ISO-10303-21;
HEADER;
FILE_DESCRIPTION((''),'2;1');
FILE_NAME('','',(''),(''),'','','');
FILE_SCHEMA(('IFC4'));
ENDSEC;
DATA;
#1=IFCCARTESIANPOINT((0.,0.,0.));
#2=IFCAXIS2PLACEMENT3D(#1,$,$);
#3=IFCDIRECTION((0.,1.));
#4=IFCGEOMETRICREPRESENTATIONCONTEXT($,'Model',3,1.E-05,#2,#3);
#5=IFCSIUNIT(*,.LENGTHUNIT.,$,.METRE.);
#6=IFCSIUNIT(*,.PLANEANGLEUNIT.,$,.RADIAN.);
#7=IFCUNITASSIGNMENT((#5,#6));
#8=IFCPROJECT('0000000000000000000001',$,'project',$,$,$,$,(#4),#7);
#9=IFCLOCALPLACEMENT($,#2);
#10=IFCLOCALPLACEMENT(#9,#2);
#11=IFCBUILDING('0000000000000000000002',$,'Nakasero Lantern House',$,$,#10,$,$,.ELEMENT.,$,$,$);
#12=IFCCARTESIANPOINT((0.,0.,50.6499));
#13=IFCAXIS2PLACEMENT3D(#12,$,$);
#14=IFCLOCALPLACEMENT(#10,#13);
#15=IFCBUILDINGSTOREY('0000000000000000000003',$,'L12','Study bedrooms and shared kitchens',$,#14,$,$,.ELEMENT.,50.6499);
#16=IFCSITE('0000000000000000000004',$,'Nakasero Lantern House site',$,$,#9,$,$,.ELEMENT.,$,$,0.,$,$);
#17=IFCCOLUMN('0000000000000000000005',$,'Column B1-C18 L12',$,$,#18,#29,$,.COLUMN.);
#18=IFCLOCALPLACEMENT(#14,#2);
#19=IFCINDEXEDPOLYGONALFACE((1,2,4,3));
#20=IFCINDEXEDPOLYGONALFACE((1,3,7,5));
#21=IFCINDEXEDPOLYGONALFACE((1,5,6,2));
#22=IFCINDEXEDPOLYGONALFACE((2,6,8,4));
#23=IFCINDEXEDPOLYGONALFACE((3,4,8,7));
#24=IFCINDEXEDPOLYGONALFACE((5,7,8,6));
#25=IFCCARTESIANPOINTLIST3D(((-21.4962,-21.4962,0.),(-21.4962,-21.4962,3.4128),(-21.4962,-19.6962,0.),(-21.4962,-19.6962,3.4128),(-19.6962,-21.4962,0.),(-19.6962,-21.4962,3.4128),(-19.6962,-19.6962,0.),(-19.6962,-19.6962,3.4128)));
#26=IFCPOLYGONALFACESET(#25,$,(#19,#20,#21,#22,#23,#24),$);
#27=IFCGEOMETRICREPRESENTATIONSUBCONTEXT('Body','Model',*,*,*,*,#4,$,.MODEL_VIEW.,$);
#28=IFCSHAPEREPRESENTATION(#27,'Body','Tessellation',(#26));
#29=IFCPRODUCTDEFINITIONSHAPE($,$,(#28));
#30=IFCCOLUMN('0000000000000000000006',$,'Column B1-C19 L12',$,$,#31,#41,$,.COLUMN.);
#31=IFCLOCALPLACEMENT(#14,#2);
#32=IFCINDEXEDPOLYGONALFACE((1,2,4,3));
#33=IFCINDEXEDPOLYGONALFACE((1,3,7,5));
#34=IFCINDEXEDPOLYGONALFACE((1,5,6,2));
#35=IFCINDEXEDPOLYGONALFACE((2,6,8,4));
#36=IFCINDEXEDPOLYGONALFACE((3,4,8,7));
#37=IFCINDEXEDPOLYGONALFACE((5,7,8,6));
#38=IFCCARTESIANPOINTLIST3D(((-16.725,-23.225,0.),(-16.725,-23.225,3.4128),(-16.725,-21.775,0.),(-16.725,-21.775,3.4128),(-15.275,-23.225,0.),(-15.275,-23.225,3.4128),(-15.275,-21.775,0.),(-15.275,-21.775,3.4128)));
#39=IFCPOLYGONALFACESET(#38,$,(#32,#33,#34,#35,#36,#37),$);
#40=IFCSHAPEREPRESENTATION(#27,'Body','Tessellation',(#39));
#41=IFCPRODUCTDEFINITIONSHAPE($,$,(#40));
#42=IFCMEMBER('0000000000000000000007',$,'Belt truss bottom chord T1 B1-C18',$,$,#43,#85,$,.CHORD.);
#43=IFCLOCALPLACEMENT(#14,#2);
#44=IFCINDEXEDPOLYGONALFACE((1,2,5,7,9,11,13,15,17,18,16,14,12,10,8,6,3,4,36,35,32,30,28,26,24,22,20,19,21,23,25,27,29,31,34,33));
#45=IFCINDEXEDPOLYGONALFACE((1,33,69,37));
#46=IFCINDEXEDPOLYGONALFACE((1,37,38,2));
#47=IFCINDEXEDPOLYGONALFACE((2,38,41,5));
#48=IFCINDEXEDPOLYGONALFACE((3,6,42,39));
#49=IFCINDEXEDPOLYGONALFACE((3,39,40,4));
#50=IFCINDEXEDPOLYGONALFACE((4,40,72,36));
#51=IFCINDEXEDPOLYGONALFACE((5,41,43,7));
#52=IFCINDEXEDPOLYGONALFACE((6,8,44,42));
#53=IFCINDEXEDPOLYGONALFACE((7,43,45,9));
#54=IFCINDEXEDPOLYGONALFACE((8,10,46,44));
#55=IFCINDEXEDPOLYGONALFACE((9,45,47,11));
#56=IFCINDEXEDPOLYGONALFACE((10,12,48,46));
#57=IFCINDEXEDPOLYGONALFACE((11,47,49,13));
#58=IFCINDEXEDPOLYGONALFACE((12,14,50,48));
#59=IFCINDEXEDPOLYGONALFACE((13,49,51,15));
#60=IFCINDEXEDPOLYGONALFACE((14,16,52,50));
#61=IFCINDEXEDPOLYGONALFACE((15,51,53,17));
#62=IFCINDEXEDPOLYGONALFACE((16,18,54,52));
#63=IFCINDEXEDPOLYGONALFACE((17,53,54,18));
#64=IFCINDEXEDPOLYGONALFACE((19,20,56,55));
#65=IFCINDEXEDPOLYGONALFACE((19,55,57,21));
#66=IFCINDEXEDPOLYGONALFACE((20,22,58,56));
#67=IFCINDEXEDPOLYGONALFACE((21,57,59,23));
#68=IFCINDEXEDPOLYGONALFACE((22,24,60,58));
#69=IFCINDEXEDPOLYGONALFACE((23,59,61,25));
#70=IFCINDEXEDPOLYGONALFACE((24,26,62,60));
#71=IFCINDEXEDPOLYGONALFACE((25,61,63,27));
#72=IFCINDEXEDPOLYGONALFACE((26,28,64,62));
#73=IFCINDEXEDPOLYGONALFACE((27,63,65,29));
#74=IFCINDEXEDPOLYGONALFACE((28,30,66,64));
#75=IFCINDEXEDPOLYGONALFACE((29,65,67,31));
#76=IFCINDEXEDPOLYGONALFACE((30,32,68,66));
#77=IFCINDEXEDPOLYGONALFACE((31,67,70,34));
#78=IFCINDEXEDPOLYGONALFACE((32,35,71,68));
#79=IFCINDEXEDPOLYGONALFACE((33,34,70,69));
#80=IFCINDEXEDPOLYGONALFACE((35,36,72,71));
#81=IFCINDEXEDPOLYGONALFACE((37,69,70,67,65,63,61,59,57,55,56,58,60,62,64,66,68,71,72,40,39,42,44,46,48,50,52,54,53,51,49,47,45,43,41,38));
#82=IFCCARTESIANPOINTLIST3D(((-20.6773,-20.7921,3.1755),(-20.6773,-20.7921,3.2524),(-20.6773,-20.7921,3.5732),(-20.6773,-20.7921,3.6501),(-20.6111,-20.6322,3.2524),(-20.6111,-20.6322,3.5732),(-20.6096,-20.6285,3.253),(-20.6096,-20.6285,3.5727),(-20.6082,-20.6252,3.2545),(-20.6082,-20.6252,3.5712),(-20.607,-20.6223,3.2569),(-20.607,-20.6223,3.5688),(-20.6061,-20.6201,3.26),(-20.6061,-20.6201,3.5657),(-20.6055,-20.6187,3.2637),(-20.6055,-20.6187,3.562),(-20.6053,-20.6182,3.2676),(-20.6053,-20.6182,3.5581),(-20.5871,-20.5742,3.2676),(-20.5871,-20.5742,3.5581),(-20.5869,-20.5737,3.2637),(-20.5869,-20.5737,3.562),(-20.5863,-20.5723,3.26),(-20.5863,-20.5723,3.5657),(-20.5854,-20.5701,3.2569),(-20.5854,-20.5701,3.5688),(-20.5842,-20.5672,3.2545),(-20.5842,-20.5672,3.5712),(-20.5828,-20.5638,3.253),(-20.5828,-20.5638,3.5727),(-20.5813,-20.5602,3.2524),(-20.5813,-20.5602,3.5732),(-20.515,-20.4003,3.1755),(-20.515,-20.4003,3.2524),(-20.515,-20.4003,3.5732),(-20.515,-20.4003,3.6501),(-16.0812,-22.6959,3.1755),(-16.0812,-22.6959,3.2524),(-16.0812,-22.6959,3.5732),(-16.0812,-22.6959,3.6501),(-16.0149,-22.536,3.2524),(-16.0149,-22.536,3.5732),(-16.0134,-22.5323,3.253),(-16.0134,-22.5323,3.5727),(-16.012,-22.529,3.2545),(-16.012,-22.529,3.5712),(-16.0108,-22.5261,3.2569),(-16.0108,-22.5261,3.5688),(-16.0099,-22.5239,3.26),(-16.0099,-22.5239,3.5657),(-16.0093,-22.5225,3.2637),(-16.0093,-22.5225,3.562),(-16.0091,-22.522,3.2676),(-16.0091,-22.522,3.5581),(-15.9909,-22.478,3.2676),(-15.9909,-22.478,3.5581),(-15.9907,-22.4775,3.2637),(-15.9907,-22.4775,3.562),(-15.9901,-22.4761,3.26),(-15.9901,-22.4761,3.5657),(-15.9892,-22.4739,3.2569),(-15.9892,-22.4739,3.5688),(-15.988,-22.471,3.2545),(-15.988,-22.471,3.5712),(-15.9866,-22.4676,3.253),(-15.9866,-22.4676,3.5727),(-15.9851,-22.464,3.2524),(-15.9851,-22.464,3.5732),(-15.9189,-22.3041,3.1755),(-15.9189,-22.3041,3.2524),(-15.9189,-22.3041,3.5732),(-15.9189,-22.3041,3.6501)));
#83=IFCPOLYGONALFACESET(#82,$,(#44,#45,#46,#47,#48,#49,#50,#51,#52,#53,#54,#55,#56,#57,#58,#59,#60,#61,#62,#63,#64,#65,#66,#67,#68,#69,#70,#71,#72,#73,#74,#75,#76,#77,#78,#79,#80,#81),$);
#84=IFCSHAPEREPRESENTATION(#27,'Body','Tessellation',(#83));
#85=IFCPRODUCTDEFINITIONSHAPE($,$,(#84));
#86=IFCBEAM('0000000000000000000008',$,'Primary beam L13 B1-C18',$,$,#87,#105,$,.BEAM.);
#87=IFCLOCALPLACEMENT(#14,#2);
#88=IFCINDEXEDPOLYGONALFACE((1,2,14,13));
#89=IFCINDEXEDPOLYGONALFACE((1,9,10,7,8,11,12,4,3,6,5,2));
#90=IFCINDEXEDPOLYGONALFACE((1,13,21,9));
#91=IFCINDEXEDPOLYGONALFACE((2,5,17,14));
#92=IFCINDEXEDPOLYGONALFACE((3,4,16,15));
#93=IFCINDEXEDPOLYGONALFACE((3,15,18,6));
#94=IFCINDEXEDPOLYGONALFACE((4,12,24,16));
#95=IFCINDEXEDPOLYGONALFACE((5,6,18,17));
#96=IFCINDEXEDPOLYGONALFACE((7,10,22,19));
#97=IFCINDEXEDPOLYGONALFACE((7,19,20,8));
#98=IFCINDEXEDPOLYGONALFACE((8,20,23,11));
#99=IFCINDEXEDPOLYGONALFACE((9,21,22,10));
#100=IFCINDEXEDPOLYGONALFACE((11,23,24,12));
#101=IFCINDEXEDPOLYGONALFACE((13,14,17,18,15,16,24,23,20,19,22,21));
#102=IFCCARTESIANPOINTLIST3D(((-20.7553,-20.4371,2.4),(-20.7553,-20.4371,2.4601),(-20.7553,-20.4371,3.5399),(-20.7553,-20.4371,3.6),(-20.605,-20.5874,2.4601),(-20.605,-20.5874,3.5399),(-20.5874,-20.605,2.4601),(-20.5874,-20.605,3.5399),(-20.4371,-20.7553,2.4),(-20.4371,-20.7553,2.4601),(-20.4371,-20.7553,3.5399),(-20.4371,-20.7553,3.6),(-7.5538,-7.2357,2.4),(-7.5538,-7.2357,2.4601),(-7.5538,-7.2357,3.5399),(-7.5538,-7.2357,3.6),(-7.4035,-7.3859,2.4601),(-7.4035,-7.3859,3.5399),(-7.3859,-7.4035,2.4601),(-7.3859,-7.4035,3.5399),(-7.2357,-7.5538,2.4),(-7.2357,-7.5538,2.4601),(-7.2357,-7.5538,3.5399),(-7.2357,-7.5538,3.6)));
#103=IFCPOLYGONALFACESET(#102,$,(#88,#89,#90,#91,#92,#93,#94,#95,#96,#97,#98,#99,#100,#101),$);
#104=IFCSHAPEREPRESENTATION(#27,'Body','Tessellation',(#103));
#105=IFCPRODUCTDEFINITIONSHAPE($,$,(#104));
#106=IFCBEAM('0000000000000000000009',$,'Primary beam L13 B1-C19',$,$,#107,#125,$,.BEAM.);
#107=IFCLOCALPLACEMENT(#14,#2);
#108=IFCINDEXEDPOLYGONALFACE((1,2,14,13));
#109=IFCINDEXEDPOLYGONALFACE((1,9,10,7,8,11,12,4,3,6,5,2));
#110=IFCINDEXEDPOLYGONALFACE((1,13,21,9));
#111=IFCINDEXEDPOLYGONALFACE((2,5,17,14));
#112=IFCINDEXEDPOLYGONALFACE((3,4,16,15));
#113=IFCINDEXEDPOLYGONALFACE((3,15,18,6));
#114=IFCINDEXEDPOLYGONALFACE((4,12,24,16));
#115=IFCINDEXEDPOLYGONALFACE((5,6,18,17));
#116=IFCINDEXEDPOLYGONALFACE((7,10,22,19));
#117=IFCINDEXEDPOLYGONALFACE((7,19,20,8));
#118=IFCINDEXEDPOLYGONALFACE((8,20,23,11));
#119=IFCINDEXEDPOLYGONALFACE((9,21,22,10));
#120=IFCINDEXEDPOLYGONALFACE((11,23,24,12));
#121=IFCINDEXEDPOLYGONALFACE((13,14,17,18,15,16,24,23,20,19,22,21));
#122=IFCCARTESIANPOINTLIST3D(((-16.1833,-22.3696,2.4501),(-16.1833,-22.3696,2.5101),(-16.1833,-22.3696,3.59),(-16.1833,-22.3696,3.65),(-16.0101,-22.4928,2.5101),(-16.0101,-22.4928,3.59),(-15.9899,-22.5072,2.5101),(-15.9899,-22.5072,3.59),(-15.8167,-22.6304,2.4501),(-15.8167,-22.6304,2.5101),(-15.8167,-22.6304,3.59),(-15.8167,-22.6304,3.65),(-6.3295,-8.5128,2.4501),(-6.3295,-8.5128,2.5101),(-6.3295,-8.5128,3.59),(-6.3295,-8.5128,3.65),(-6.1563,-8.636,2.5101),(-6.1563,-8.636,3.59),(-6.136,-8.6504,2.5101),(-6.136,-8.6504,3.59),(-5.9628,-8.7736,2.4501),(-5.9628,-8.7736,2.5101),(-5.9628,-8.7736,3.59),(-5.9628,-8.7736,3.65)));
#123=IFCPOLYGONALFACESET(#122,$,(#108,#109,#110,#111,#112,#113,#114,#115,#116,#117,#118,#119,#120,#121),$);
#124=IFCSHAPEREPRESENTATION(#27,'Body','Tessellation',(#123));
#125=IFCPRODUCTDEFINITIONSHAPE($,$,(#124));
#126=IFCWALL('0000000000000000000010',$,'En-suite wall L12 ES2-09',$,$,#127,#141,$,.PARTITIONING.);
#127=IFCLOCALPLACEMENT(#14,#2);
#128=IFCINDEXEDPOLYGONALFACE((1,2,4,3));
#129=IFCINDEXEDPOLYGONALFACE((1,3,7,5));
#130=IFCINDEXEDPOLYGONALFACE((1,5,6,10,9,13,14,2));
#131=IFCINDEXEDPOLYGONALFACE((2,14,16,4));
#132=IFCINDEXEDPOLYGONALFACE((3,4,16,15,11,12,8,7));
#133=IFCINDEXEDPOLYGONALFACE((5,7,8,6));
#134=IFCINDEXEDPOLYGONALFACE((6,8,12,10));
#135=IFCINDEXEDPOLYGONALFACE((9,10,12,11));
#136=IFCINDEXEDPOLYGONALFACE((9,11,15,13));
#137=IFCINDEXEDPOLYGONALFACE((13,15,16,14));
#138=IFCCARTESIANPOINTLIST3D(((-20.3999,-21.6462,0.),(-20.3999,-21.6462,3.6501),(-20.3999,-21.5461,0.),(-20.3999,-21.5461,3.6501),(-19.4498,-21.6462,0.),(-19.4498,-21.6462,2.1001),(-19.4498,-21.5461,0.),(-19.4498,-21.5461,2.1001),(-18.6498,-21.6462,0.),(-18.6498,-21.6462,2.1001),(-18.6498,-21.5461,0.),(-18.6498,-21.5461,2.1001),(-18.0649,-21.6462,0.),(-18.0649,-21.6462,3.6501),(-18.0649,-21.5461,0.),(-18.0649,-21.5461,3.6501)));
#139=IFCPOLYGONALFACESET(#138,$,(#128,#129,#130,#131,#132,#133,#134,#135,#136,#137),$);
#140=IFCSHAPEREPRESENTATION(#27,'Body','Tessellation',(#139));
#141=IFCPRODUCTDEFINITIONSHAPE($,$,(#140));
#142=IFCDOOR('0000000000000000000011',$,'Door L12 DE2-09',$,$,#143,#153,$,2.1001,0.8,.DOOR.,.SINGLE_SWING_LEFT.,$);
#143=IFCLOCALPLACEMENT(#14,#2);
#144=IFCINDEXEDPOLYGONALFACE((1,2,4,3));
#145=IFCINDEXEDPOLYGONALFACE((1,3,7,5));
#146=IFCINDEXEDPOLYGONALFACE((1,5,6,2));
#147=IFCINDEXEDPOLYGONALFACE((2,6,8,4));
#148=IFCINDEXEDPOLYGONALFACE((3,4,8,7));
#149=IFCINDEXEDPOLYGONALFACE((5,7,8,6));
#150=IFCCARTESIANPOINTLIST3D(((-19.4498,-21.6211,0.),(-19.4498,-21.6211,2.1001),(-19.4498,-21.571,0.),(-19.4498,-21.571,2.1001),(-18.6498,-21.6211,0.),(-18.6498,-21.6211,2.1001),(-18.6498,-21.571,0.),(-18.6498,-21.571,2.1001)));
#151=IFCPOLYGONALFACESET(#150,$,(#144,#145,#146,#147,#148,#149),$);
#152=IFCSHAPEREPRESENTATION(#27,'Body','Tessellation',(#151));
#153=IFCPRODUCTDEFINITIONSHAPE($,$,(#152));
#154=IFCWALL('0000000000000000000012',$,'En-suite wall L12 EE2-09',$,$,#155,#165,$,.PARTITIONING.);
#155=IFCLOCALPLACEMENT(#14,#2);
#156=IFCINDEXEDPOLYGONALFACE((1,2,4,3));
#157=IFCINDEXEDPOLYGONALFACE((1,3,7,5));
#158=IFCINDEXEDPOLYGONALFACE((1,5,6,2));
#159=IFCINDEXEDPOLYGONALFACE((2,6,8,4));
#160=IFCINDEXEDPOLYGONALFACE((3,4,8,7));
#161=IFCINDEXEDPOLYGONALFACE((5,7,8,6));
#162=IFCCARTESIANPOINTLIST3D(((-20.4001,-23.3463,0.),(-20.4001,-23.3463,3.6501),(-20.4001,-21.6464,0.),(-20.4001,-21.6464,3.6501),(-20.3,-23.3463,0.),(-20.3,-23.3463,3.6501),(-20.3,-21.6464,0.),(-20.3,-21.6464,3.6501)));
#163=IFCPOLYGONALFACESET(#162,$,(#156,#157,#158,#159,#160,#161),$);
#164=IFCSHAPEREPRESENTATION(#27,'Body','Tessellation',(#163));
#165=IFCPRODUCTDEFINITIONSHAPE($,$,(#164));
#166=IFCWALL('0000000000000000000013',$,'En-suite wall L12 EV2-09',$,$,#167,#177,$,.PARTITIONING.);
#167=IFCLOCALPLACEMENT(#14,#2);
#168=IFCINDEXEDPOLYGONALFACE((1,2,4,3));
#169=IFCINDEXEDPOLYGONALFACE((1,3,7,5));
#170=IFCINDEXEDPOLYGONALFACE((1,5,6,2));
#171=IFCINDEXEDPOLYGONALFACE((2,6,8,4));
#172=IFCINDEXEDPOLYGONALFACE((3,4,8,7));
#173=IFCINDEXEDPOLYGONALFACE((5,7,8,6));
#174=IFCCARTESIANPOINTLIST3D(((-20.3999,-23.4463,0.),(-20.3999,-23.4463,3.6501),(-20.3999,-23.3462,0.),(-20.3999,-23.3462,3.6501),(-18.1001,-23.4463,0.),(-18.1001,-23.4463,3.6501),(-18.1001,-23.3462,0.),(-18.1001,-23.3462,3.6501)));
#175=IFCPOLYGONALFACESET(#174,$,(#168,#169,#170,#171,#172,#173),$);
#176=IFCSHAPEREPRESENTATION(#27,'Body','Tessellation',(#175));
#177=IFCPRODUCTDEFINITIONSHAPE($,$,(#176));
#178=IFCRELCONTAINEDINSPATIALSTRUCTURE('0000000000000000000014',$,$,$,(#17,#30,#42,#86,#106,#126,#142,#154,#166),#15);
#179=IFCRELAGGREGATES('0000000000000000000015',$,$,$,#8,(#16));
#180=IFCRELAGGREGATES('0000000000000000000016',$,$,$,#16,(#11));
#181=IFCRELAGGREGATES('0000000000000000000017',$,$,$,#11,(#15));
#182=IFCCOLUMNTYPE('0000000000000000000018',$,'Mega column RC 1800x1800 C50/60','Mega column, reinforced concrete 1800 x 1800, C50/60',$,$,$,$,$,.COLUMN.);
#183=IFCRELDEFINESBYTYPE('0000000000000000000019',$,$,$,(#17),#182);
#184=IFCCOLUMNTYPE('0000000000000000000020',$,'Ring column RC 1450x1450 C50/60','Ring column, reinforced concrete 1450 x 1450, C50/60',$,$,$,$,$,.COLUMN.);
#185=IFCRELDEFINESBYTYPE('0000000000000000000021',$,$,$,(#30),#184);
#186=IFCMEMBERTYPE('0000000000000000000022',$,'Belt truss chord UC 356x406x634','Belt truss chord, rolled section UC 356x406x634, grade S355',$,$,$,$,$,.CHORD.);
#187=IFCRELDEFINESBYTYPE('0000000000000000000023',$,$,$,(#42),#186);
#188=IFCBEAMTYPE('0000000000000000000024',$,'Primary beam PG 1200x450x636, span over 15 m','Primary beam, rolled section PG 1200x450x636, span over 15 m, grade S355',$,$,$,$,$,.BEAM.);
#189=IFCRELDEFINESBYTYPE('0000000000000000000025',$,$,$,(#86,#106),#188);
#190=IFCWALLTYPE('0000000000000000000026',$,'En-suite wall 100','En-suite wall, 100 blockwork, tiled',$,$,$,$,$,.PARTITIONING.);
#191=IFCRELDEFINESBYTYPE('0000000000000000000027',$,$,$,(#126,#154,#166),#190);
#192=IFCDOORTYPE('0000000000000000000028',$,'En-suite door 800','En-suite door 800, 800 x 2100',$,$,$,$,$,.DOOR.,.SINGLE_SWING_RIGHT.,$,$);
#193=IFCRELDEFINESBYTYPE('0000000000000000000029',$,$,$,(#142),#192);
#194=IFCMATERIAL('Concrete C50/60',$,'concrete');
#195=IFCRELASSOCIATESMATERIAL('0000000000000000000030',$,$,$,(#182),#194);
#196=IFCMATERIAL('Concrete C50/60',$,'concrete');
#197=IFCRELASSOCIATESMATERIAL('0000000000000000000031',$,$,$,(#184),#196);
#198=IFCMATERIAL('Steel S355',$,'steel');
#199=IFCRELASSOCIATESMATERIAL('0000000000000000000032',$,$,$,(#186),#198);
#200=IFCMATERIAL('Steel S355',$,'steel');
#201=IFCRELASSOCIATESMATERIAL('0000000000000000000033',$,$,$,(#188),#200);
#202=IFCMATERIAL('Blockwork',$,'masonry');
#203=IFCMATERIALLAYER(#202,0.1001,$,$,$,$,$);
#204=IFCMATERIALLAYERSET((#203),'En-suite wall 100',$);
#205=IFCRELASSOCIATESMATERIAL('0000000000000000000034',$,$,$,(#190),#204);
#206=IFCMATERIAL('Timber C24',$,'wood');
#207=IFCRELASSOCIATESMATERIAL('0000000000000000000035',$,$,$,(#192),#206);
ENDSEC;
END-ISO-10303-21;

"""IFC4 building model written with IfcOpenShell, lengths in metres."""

from ifc_helpers import new_model, si_unit, direction, frame, frame_2d, origin, origin_2d, place, context, subcontext, project, spatial, rectangle, i_section, extrude, material, layer, layer_set, material_profile, profile_set, type_object, element, fill, save


model = new_model("IFC4")

# Units and contexts
model_context = context("Model", 3, precision=1e-05, world=origin(), true_north=direction((0.0, 1.0)))
body_context = subcontext(model_context, "Body", "Model", "MODEL_VIEW")
ifc_project = project(units=[si_unit("LENGTHUNIT", "METRE"), si_unit("PLANEANGLEUNIT", "RADIAN")], contexts=[model_context])

# Site, building, storey
site_placement = place(None, origin())
site = spatial("IfcSite", under=ifc_project, at=site_placement, Name="Nakasero Lantern House site", CompositionType="ELEMENT", RefElevation=0.0)
building_placement = place(site_placement, origin())
building = spatial("IfcBuilding", under=site, at=building_placement, Name="Nakasero Lantern House", CompositionType="ELEMENT")
storey_placement = place(building_placement, frame((0.0, 0.0, 50.6499)))
storey = spatial("IfcBuildingStorey", under=building, at=storey_placement, Name="L12", Description="Study bedrooms and shared kitchens", CompositionType="ELEMENT", Elevation=50.6499)

# Columns
ifc_material_1 = material(Name="Concrete C50/60", Category="concrete")
ifc_material_profile_1 = material_profile(ifc_material_1, rectangle(XDim=1.8, YDim=1.8, at=origin_2d()), Name="RC 1800x1800")
ifc_profile_set_1 = profile_set([ifc_material_profile_1], Name="Concrete C50/60")
column_type_1 = type_object("IfcColumnType", Name="Mega column RC 1800x1800 C50/60", Description="Mega column, reinforced concrete 1800 x 1800, C50/60", PredefinedType="COLUMN", material=ifc_profile_set_1)
column_1_placement = place(storey_placement, frame((-20.5962, -20.5962, 0.0), z_axis=(0.0, 0.0, 1.0), x_axis=(1.0, 0.0, 0.0)))
element("IfcColumn", 1, at=column_1_placement, inside=storey, type_object=column_type_1, Name="Column B1-C18 L12", PredefinedType="COLUMN", context=body_context, shape_type="SweptSolid", body=[
    extrude(rectangle(XDim=1.8, YDim=1.8, at=origin_2d()), origin(), (0.0, 0.0, 1.0), 3.4128),
])
ifc_material_2 = material(Name="Concrete C50/60", Category="concrete")
ifc_material_profile_2 = material_profile(ifc_material_2, rectangle(XDim=1.45, YDim=1.45, at=origin_2d()), Name="RC 1450x1450")
ifc_profile_set_2 = profile_set([ifc_material_profile_2], Name="Concrete C50/60")
column_type_2 = type_object("IfcColumnType", Name="Ring column RC 1450x1450 C50/60", Description="Ring column, reinforced concrete 1450 x 1450, C50/60", PredefinedType="COLUMN", material=ifc_profile_set_2)
column_2_placement = place(storey_placement, frame((-16.0, -22.5, 0.0), z_axis=(0.0, 0.0, 1.0), x_axis=(1.0, 0.0, 0.0)))
element("IfcColumn", 2, at=column_2_placement, inside=storey, type_object=column_type_2, Name="Column B1-C19 L12", PredefinedType="COLUMN", context=body_context, shape_type="SweptSolid", body=[
    extrude(rectangle(XDim=1.45, YDim=1.45, at=origin_2d()), origin(), (0.0, 0.0, 1.0), 3.4128),
])

# Member
ifc_material_3 = material(Name="Steel S355", Category="steel")
ifc_material_profile_3 = material_profile(ifc_material_3, i_section(OverallWidth=0.4241, OverallDepth=0.4746, WebThickness=0.0476, FlangeThickness=0.0769, FilletRadius=0.0151, at=origin_2d()), Name="UC 356x406x634")
ifc_profile_set_3 = profile_set([ifc_material_profile_3], Name="Steel S355")
member_type = type_object("IfcMemberType", Name="Belt truss chord UC 356x406x634", Description="Belt truss chord, rolled section UC 356x406x634, grade S355", PredefinedType="CHORD", material=ifc_profile_set_3)
member_placement = place(storey_placement, frame((-20.5962, -20.5962, 3.4128), z_axis=(0.923879, -0.382684, 0.0), x_axis=(0.382684, 0.923879, 0.0)))
element("IfcMember", 3, at=member_placement, inside=storey, type_object=member_type, Name="Belt truss bottom chord T1 B1-C18", PredefinedType="CHORD", context=body_context, shape_type="SweptSolid", body=[
    extrude(i_section(OverallWidth=0.4241, OverallDepth=0.4746, WebThickness=0.0476, FlangeThickness=0.0769, FilletRadius=0.0151, at=origin_2d()), origin(), (0.0, 0.0, 1.0), 4.9749),
])

# Beams
ifc_material_4 = material(Name="Steel S355", Category="steel")
ifc_material_profile_4 = material_profile(ifc_material_4, i_section(OverallWidth=0.45, OverallDepth=1.2, WebThickness=0.0249, FlangeThickness=0.0601, at=origin_2d()), Name="PG 1200x450x636")
ifc_profile_set_4 = profile_set([ifc_material_profile_4], Name="Steel S355")
beam_type = type_object("IfcBeamType", Name="Primary beam PG 1200x450x636, span over 15 m", Description="Primary beam, rolled section PG 1200x450x636, span over 15 m, grade S355", PredefinedType="BEAM", material=ifc_profile_set_4)
beam_1_placement = place(storey_placement, frame((-20.5962, -20.5962, 3.0), z_axis=(0.707107, 0.707107, 0.0), x_axis=(-0.707107, 0.707107, 0.0)))
element("IfcBeam", 4, at=beam_1_placement, inside=storey, type_object=beam_type, Name="Primary beam L13 B1-C18", PredefinedType="BEAM", context=body_context, shape_type="SweptSolid", body=[
    extrude(i_section(OverallWidth=0.45, OverallDepth=1.2, WebThickness=0.0249, FlangeThickness=0.0601, at=origin_2d()), origin(), (0.0, 0.0, 1.0), 18.6697),
])
beam_2_placement = place(storey_placement, frame((-16.0, -22.5, 3.05), z_axis=(0.579528, 0.814952, 0.0), x_axis=(-0.814952, 0.579528, 0.0)))
element("IfcBeam", 5, at=beam_2_placement, inside=storey, type_object=beam_type, Name="Primary beam L13 B1-C19", PredefinedType="BEAM", context=body_context, shape_type="SweptSolid", body=[
    extrude(i_section(OverallWidth=0.45, OverallDepth=1.2, WebThickness=0.0249, FlangeThickness=0.0601, at=origin_2d()), origin(), (0.0, 0.0, 1.0), 17.0032),
])

# Wall, opening, door
ifc_material_5 = material(Name="Blockwork", Category="masonry")
ifc_layer_1 = layer(ifc_material_5, 0.1001)
ifc_layer_set_1 = layer_set([ifc_layer_1], Name="En-suite wall 100")
wall_type_1 = type_object("IfcWallType", Name="En-suite wall 100", Description="En-suite wall, 100 blockwork, tiled", PredefinedType="PARTITIONING", material=ifc_layer_set_1)
wall_1_placement = place(storey_placement, frame((-18.0649, -21.5962, 0.0), z_axis=(0.0, 0.0, 1.0), x_axis=(-1.0, 0.0, 0.0)))
wall_1 = element("IfcWall", 6, at=wall_1_placement, inside=storey, type_object=wall_type_1, Name="En-suite wall L12 ES2-09", PredefinedType="PARTITIONING", context=body_context, shape_type="SweptSolid", body=[
    extrude(rectangle(XDim=2.335, YDim=0.1001, at=frame_2d((1.1675, 0.0))), origin(), (0.0, 0.0, 1.0), 3.6501),
])
opening_1_placement = place(wall_1_placement, frame((0.585, 0.0, 0.0)))
opening_1 = element("IfcOpeningElement", 7, at=opening_1_placement, cuts=wall_1, PredefinedType="OPENING", context=body_context, shape_type="SweptSolid", body=[
    extrude(rectangle(XDim=0.8, YDim=2.1001, at=frame_2d((0.3999, 1.05))), frame((0.0, 0.0701, 0.0), z_axis=(0.0, -1.0, 0.0), x_axis=(1.0, 0.0, 0.0)), (0.0, 0.0, 1.0), 0.1401),
])
ifc_material_6 = material(Name="Timber C24", Category="wood")
door_type_1 = type_object("IfcDoorType", Name="En-suite door 800", Description="En-suite door 800, 800 x 2100", OperationType="SINGLE_SWING_RIGHT", PredefinedType="DOOR", material=ifc_material_6)
door_1_placement = place(opening_1_placement, origin())
door_1 = element("IfcDoor", 8, at=door_1_placement, inside=storey, type_object=door_type_1, Name="Door L12 DE2-09", OperationType="SINGLE_SWING_LEFT", OverallHeight=2.1001, OverallWidth=0.8, PredefinedType="DOOR", context=body_context, shape_type="SweptSolid", body=[
    extrude(rectangle(XDim=0.8, YDim=2.1001, at=frame_2d((0.3999, 1.05))), frame((0.0, 0.0249, 0.0), z_axis=(0.0, -1.0, 0.0), x_axis=(1.0, 0.0, 0.0)), (0.0, 0.0, 1.0), 0.05),
])
fill(opening_1, door_1)

# Walls
wall_2_placement = place(storey_placement, frame((-20.3501, -21.6462, 0.0), z_axis=(0.0, 0.0, 1.0), x_axis=(0.0, -1.0, 0.0)))
element("IfcWall", 9, at=wall_2_placement, inside=storey, type_object=wall_type_1, Name="En-suite wall L12 EE2-09", PredefinedType="PARTITIONING", context=body_context, shape_type="SweptSolid", body=[
    extrude(rectangle(XDim=1.7, YDim=0.1001, at=frame_2d((0.8501, 0.0))), origin(), (0.0, 0.0, 1.0), 3.6501),
])
wall_3_placement = place(storey_placement, frame((-18.1001, -23.3962, 0.0), z_axis=(0.0, 0.0, 1.0), x_axis=(-1.0, 0.0, 0.0)))
element("IfcWall", 10, at=wall_3_placement, inside=storey, type_object=wall_type_1, Name="En-suite wall L12 EV2-09", PredefinedType="PARTITIONING", context=body_context, shape_type="SweptSolid", body=[
    extrude(rectangle(XDim=2.2998, YDim=0.1001, at=frame_2d((1.1499, 0.0))), origin(), (0.0, 0.0, 1.0), 3.6501),
])

save(model, "model.ifc")
